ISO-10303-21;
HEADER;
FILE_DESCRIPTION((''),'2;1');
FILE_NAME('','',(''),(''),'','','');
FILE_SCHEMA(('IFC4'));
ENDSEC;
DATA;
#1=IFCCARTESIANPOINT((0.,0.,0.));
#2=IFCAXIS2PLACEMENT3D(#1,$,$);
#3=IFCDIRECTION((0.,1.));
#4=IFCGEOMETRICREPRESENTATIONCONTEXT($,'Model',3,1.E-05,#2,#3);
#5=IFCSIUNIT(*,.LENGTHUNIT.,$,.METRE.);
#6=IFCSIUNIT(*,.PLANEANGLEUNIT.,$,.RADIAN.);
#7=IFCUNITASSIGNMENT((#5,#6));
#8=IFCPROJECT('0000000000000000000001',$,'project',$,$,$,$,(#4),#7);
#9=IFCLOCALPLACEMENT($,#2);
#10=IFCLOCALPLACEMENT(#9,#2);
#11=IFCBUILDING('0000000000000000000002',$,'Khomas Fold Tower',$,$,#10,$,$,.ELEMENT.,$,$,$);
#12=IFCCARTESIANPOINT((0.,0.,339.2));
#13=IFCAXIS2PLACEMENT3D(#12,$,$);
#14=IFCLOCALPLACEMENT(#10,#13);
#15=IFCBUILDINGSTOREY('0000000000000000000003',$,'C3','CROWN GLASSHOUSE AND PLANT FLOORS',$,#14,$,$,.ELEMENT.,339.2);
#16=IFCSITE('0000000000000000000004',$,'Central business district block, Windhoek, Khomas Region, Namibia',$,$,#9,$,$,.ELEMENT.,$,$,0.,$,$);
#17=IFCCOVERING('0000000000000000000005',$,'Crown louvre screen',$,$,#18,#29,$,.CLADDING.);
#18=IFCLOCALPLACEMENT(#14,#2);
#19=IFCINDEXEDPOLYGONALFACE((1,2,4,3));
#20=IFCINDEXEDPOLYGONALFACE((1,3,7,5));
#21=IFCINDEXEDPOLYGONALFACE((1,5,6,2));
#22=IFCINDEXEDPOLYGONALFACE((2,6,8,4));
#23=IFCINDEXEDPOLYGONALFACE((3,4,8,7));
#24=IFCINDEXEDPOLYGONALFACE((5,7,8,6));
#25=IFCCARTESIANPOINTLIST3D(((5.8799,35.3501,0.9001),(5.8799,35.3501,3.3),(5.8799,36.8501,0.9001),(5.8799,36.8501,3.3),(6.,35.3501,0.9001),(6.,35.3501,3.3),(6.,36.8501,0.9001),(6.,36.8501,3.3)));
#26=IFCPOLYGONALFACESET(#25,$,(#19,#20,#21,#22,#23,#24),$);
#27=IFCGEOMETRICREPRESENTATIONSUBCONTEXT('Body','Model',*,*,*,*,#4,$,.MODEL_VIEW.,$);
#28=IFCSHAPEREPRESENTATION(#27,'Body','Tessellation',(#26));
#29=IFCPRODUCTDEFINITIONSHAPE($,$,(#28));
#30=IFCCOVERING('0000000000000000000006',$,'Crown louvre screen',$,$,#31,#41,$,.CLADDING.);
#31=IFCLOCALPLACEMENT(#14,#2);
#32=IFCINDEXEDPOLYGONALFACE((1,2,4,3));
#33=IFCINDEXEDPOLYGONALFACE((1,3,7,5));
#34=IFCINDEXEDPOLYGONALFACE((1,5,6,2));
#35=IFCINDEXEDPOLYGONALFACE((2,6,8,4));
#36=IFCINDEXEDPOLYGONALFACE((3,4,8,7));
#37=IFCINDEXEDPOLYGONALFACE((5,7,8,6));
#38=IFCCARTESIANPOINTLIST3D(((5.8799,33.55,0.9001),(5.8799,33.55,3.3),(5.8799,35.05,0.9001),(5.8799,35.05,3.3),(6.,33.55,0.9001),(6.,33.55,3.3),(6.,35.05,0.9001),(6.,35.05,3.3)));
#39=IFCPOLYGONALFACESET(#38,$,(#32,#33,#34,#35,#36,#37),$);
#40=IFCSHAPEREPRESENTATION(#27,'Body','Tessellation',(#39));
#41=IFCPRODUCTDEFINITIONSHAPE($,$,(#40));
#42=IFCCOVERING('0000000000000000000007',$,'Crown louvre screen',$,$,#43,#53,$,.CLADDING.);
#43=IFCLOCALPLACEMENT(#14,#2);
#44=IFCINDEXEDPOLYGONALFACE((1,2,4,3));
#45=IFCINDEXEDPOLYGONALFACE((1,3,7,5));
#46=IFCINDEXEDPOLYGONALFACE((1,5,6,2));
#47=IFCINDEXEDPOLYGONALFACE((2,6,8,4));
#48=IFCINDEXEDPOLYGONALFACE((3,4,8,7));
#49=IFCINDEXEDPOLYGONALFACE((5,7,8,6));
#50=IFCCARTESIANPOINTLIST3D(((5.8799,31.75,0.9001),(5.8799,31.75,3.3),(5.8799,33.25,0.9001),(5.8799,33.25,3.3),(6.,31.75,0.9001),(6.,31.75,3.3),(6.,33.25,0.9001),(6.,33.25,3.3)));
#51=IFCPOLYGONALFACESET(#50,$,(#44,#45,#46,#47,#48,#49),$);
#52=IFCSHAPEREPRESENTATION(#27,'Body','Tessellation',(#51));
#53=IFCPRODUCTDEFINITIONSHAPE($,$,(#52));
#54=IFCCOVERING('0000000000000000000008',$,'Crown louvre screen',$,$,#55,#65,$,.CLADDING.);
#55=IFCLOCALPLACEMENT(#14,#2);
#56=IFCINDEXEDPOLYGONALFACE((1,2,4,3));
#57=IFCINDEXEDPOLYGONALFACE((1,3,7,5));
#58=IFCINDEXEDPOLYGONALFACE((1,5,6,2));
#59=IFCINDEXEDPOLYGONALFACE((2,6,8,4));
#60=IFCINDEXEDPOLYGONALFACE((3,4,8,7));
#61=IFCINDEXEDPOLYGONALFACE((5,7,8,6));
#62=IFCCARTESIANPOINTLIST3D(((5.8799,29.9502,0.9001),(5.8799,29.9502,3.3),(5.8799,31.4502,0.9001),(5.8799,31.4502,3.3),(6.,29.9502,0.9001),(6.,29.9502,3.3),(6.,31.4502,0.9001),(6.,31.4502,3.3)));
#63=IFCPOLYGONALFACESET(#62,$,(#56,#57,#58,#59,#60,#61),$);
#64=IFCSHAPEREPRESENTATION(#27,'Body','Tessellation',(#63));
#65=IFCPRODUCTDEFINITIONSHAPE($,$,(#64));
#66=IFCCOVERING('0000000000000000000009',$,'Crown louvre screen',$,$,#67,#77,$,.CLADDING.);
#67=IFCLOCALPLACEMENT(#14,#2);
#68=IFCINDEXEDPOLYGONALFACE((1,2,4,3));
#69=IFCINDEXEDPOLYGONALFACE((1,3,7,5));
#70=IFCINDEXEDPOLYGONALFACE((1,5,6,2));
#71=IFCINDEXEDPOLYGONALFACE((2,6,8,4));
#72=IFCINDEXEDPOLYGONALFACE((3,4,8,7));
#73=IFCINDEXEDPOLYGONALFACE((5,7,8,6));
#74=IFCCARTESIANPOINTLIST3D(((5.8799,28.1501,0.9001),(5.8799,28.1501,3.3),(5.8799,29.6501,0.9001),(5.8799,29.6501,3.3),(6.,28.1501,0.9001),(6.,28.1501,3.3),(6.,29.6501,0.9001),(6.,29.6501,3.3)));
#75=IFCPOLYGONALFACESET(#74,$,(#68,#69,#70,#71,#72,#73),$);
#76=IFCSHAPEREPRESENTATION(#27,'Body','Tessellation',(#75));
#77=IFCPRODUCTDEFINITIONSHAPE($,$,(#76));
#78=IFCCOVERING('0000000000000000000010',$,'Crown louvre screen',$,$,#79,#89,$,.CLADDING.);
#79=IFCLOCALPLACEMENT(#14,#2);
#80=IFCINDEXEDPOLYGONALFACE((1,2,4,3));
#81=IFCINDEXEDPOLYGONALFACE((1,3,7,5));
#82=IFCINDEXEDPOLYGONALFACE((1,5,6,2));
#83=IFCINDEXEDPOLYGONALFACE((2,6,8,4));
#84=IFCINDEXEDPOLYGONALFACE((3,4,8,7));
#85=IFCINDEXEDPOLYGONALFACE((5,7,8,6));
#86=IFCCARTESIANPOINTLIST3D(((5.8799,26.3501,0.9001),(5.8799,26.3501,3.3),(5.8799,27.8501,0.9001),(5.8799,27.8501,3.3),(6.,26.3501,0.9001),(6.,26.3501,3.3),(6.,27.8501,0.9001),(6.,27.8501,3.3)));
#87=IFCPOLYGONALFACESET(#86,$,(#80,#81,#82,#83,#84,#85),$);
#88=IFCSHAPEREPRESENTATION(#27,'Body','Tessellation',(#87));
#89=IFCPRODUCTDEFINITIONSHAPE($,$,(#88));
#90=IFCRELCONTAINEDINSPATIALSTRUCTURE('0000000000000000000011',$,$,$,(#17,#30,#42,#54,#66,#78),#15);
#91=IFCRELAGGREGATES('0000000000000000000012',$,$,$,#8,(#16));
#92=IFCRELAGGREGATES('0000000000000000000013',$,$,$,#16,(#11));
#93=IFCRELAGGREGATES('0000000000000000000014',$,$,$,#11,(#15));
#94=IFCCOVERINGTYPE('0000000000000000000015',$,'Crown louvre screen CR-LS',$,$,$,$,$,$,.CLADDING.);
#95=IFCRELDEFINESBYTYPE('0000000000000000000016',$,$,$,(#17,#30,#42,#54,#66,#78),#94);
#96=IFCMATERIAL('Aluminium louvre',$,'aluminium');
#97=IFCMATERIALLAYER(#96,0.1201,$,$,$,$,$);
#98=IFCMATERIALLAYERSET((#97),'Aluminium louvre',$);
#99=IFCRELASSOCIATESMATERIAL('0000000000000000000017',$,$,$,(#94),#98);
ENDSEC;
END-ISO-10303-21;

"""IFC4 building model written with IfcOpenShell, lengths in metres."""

from ifc_helpers import new_model, si_unit, direction, frame, origin, origin_2d, place, context, subcontext, project, spatial, rectangle, extrude, source, transform, mapped, material, layer, layer_set, type_object, element, save


model = new_model("IFC4")

# Units and contexts
model_context = context("Model", 3, precision=1e-05, world=origin(), true_north=direction((0.0, 1.0)))
body_context = subcontext(model_context, "Body", "Model", "MODEL_VIEW")
ifc_project = project(units=[si_unit("LENGTHUNIT", "METRE"), si_unit("PLANEANGLEUNIT", "RADIAN")], contexts=[model_context])

# Site, building, storey
site_placement = place(None, origin())
site = spatial("IfcSite", under=ifc_project, at=site_placement, Name="Central business district block, Windhoek, Khomas Region, Namibia", CompositionType="ELEMENT", RefElevation=0.0)
building_placement = place(site_placement, origin())
building = spatial("IfcBuilding", under=site, at=building_placement, Name="Khomas Fold Tower", CompositionType="ELEMENT")
storey_placement = place(building_placement, frame((0.0, 0.0, 339.2)))
storey = spatial("IfcBuildingStorey", under=building, at=storey_placement, Name="C3", Description="CROWN GLASSHOUSE AND PLANT FLOORS", CompositionType="ELEMENT", Elevation=339.2)

# Coverings
ifc_material_1 = material(Name="Aluminium louvre", Category="aluminium")
ifc_layer_1 = layer(ifc_material_1, 0.1201)
ifc_layer_set_1 = layer_set([ifc_layer_1], Name="Aluminium louvre")
covering_type = type_object("IfcCoveringType", Name="Crown louvre screen CR-LS", PredefinedType="CLADDING", material=ifc_layer_set_1)
shared_shape_1 = source(origin(), body_context, "Body", "SweptSolid", [
    extrude(rectangle(XDim=1.5, YDim=0.1201, at=origin_2d()), origin(), (0.0, 0.0, 1.0), 2.3999),
])
for number, where, z_axis, x_axis, name in (
    (1, (5.9399, 36.1001, 0.9001), (0.0, 0.0, 1.0), (0.0, -1.0, 0.0), "Crown louvre screen"),
    (2, (5.9399, 34.3, 0.9001), (0.0, 0.0, 1.0), (0.0, -1.0, 0.0), "Crown louvre screen"),
    (3, (5.9399, 32.5, 0.9001), (0.0, 0.0, 1.0), (0.0, -1.0, 0.0), "Crown louvre screen"),
    (4, (5.9399, 30.7002, 0.9001), (0.0, 0.0, 1.0), (0.0, -1.0, 0.0), "Crown louvre screen"),
    (5, (5.9399, 28.9001, 0.9001), (0.0, 0.0, 1.0), (0.0, -1.0, 0.0), "Crown louvre screen"),
    (6, (5.9399, 27.1001, 0.9001), (0.0, 0.0, 1.0), (0.0, -1.0, 0.0), "Crown louvre screen"),
):
    element("IfcCovering", number, at=place(storey_placement, frame(where, z_axis=z_axis, x_axis=x_axis)), inside=storey, type_object=covering_type, Name=name, PredefinedType="CLADDING", context=body_context, shape_type="MappedRepresentation", body=[
        mapped(shared_shape_1, transform((0.0, 0.0, 0.0))),
    ])

save(model, "model.ifc")
